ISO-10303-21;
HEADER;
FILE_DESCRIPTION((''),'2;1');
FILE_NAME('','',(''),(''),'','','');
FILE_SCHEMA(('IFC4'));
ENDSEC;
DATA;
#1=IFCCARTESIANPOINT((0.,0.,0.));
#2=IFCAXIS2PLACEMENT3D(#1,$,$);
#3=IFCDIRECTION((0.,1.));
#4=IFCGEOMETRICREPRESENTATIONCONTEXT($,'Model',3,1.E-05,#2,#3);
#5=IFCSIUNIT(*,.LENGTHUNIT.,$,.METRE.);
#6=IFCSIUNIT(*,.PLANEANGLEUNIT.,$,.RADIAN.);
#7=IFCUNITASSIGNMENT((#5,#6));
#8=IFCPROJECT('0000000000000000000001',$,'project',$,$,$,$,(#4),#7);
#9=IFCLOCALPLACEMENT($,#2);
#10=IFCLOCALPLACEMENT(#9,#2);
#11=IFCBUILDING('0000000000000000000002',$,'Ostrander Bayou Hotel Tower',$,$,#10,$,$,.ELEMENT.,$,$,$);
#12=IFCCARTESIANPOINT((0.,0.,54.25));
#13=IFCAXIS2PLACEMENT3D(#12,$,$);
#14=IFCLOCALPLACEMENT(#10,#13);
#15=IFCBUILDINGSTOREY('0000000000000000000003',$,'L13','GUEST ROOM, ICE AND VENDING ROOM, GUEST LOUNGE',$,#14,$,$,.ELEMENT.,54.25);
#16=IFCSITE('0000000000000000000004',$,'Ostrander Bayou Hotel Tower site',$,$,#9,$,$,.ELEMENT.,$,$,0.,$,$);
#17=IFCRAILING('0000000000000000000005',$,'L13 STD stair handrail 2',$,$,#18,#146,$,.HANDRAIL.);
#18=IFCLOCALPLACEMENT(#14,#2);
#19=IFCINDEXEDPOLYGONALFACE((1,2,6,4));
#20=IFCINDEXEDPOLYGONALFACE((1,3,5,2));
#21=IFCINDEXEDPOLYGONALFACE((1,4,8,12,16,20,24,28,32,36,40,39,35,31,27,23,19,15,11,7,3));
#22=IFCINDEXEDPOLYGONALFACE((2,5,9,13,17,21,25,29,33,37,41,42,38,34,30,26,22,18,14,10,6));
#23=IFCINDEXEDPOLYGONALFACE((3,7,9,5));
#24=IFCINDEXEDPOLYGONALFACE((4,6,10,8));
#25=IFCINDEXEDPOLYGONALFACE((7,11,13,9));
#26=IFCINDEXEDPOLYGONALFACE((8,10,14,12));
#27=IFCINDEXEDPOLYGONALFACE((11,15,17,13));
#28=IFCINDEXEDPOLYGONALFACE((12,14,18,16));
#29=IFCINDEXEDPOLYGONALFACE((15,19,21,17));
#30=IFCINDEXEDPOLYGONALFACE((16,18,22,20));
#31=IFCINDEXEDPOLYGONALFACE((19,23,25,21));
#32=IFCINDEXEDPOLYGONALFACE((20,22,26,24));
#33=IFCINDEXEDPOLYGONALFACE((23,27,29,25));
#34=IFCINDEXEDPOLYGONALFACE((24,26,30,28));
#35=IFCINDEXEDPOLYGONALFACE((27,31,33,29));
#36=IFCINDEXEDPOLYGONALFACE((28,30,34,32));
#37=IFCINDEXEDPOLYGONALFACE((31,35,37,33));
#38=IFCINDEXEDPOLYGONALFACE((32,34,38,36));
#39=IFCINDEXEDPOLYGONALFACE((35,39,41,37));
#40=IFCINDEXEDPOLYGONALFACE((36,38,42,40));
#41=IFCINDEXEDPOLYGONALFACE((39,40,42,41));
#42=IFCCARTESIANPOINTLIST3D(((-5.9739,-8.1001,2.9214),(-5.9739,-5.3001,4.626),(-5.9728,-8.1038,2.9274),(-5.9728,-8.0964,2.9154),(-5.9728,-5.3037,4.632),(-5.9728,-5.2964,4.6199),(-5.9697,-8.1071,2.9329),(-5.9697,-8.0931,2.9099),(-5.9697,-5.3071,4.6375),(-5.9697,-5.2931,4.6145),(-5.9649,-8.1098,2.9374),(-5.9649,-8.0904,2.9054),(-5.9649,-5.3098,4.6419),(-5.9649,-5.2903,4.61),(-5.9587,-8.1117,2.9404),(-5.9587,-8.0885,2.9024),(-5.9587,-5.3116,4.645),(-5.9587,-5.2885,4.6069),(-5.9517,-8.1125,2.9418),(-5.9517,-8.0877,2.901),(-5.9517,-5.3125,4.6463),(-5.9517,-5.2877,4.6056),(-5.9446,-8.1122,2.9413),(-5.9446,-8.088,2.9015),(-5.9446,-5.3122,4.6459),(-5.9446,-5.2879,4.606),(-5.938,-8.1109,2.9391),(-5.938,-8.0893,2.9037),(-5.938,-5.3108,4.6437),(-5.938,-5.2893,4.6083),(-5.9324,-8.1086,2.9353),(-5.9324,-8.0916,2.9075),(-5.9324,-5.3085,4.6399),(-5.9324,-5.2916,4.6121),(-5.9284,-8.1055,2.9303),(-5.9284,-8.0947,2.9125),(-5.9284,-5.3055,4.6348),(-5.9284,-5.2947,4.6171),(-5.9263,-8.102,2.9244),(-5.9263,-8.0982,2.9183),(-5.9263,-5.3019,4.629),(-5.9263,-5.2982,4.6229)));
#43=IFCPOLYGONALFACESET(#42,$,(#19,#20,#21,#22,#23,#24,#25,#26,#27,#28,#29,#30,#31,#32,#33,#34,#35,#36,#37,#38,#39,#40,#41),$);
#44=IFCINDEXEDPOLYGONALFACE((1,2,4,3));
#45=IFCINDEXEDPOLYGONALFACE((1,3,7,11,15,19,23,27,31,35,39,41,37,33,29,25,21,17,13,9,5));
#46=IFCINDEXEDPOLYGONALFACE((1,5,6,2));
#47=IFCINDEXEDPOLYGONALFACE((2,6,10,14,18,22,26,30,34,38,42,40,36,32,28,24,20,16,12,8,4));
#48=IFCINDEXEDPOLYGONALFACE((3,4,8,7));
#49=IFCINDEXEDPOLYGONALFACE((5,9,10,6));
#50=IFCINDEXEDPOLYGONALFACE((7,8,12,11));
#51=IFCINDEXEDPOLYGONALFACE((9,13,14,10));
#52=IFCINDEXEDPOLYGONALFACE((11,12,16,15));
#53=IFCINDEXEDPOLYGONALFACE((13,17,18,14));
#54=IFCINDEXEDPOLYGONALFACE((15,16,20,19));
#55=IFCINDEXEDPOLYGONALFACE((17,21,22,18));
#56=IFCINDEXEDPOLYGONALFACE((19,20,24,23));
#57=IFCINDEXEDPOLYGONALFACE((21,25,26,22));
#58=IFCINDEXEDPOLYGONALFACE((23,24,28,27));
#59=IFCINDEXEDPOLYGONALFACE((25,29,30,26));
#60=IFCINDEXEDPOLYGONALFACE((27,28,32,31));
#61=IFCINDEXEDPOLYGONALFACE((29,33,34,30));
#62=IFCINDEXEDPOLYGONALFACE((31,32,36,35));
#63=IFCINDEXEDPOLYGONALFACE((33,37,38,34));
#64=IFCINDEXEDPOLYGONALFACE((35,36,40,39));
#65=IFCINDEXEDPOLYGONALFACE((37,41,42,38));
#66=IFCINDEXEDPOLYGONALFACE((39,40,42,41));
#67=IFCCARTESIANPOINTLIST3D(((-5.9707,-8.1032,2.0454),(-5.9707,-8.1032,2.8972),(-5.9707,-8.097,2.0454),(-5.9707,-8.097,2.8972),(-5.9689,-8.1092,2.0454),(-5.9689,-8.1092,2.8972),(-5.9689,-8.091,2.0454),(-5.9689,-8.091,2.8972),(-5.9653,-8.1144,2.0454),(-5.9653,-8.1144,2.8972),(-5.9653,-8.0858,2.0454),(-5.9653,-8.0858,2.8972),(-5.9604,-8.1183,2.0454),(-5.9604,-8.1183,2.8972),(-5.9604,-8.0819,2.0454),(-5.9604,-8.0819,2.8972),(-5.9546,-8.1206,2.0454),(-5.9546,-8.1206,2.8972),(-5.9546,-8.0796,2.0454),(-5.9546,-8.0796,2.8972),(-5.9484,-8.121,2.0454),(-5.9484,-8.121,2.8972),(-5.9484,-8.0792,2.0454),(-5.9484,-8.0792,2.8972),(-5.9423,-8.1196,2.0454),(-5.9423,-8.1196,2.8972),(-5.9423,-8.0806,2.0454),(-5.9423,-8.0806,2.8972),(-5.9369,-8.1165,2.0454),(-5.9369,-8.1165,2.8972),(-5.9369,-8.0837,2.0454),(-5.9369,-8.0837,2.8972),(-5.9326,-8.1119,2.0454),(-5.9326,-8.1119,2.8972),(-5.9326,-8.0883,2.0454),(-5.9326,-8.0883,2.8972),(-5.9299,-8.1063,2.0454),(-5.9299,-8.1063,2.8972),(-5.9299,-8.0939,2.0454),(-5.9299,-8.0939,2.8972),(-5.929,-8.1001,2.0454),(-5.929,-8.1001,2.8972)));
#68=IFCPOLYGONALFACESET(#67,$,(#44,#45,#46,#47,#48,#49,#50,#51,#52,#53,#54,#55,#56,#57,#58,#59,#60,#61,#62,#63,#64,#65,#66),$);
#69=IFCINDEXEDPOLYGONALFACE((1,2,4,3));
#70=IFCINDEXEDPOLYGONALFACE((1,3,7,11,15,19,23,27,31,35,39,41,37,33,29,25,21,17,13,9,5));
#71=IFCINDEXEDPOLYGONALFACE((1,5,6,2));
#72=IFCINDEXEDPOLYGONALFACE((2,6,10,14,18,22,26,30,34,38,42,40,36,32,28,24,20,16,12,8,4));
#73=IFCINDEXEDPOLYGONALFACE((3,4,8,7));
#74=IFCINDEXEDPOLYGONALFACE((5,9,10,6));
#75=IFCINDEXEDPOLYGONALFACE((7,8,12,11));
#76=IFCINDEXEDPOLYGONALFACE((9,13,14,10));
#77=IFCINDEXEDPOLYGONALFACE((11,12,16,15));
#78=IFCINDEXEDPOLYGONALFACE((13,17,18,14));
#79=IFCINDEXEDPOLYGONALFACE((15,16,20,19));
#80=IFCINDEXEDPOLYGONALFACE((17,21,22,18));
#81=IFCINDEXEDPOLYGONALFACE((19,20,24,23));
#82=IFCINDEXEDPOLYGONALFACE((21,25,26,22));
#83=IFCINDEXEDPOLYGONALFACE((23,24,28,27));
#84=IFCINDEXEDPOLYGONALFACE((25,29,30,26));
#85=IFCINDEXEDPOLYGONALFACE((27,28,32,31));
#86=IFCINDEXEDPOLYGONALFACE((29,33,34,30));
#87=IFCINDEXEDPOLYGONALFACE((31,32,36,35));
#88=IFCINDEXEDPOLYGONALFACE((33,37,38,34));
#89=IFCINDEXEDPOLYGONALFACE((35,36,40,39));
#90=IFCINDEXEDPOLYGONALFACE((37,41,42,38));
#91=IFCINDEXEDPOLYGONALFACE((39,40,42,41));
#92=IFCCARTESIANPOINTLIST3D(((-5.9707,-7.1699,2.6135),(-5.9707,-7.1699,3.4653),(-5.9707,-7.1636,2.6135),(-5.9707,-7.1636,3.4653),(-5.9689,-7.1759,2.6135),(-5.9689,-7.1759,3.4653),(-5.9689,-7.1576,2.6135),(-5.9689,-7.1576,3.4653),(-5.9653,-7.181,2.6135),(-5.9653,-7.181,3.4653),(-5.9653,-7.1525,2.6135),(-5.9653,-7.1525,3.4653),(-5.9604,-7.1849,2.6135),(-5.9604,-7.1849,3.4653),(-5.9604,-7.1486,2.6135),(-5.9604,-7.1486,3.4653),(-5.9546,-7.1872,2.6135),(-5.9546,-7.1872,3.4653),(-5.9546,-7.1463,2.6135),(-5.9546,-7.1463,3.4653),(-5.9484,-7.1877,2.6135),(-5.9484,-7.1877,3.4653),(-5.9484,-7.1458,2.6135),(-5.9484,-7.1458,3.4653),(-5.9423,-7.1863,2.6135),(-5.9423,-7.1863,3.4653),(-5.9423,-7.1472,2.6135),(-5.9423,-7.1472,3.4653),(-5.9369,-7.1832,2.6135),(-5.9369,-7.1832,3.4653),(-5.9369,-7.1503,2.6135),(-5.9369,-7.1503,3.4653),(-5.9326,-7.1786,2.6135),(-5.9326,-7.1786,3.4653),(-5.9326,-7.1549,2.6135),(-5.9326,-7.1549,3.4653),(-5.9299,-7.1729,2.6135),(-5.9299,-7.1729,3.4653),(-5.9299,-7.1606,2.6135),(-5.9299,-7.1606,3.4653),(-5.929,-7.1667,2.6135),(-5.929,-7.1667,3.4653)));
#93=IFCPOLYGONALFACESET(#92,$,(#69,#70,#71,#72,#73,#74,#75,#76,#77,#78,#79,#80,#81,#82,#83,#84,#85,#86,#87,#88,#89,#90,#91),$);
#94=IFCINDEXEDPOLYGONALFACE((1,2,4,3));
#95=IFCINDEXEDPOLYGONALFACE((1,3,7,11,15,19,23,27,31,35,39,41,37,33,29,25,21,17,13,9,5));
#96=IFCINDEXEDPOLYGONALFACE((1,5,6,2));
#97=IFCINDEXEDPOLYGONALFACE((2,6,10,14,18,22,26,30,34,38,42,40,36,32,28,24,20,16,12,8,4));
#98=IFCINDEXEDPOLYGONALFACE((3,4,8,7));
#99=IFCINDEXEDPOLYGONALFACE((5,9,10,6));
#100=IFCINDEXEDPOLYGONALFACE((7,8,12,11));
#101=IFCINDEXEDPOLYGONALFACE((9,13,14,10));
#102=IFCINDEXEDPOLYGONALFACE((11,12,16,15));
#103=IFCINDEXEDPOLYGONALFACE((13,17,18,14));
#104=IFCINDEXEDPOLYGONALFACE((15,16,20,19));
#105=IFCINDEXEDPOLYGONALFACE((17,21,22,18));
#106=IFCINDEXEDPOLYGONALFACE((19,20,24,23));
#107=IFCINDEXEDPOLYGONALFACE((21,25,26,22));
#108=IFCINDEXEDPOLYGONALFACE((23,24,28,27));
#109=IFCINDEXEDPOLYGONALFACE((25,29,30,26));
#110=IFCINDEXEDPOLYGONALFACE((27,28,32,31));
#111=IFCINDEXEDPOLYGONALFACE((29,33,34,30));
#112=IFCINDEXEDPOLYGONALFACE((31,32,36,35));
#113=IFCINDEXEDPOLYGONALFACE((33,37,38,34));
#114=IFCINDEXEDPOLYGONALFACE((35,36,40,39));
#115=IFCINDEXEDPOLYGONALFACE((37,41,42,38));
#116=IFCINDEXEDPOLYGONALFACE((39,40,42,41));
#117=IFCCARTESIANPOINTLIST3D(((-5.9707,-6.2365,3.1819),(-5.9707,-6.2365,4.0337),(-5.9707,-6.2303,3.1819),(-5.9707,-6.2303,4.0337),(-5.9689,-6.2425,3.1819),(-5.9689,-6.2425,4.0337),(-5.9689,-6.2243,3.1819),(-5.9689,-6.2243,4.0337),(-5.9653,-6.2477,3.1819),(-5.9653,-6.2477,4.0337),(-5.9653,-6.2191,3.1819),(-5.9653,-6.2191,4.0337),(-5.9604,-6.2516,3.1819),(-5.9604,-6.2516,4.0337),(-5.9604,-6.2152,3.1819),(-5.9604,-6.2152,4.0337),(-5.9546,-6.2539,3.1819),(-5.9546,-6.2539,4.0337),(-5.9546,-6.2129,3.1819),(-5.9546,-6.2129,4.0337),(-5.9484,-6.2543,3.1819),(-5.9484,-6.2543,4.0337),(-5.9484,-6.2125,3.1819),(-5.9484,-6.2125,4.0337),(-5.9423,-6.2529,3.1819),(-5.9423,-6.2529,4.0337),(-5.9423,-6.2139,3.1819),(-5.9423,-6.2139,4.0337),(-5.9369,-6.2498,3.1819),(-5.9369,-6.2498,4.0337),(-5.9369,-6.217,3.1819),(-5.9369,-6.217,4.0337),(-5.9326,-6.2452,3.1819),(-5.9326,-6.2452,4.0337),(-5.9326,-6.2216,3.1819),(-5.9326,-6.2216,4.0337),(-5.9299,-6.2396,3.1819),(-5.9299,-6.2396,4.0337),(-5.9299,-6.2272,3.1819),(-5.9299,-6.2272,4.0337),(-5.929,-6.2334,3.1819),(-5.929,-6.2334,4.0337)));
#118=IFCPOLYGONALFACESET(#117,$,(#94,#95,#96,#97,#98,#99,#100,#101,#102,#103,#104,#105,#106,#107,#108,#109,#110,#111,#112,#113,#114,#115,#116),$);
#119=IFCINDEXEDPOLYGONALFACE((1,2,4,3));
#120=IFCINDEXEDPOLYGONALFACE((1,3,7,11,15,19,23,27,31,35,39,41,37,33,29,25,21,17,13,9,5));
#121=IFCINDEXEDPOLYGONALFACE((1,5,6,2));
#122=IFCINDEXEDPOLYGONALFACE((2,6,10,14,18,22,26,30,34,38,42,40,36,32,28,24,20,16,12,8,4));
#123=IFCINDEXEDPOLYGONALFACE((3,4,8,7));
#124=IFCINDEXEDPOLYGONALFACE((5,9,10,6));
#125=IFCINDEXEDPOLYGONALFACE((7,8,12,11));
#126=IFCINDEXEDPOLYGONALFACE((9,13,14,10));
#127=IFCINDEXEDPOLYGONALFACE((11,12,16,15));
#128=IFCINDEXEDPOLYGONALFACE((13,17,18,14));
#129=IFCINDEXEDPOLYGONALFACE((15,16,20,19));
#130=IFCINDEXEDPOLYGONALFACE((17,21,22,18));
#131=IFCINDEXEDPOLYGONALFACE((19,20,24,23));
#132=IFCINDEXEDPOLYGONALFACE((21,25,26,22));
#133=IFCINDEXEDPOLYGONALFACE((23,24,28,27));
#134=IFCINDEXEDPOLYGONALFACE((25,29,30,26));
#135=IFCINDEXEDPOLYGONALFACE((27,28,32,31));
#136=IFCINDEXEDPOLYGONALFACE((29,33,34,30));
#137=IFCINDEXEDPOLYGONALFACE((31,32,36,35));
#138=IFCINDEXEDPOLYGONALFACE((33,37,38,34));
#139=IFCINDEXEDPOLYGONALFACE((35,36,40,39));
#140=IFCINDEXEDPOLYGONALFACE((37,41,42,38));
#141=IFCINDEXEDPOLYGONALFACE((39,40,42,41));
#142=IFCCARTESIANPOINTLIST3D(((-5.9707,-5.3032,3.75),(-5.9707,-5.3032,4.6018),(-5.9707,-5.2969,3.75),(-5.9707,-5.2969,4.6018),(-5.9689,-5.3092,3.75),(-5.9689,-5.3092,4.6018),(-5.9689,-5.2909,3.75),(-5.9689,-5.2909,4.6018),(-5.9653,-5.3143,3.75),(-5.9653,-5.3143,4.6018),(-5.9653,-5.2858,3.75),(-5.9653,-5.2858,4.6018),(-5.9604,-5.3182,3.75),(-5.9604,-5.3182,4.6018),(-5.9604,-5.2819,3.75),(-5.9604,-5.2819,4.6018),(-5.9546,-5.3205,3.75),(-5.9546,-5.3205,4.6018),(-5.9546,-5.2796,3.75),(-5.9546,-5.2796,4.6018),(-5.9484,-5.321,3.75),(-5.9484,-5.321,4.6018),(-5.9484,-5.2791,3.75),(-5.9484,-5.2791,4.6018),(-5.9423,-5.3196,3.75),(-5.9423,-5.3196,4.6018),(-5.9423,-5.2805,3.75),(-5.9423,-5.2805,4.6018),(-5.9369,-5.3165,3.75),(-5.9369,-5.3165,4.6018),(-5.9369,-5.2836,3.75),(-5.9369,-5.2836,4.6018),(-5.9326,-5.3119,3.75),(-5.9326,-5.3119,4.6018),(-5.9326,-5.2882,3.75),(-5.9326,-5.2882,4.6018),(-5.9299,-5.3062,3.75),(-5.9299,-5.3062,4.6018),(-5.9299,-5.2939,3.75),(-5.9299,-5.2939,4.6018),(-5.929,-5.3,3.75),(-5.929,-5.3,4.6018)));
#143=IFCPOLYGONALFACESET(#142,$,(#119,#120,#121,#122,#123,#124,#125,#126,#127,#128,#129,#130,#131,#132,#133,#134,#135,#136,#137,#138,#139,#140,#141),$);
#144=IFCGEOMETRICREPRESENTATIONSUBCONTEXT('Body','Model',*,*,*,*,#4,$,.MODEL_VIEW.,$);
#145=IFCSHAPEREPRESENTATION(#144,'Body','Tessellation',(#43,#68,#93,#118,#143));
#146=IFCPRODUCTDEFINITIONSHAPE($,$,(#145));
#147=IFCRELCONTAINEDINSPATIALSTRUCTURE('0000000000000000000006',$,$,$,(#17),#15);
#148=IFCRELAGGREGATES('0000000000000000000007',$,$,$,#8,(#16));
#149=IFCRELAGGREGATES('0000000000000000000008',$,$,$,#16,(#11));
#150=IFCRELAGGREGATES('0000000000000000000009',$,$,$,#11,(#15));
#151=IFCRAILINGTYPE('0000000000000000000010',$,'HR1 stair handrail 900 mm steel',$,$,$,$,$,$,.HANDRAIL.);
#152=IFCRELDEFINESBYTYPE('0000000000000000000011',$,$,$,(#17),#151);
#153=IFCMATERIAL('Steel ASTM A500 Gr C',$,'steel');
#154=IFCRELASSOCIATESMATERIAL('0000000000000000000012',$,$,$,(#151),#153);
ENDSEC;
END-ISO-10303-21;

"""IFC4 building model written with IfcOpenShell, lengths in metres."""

from ifc_helpers import new_model, si_unit, direction, frame, origin, origin_2d, place, context, subcontext, project, spatial, circle, extrude, material, type_object, element, save


model = new_model("IFC4")

# Units and contexts
model_context = context("Model", 3, precision=1e-05, world=origin(), true_north=direction((0.0, 1.0)))
body_context = subcontext(model_context, "Body", "Model", "MODEL_VIEW")
ifc_project = project(units=[si_unit("LENGTHUNIT", "METRE"), si_unit("PLANEANGLEUNIT", "RADIAN")], contexts=[model_context])

# Site, building, storey
site_placement = place(None, origin())
site = spatial("IfcSite", under=ifc_project, at=site_placement, Name="Ostrander Bayou Hotel Tower site", CompositionType="ELEMENT", RefElevation=0.0)
building_placement = place(site_placement, origin())
building = spatial("IfcBuilding", under=site, at=building_placement, Name="Ostrander Bayou Hotel Tower", CompositionType="ELEMENT")
storey_placement = place(building_placement, frame((0.0, 0.0, 54.25)))
storey = spatial("IfcBuildingStorey", under=building, at=storey_placement, Name="L13", Description="GUEST ROOM, ICE AND VENDING ROOM, GUEST LOUNGE", CompositionType="ELEMENT", Elevation=54.25)

# Railing
ifc_material_1 = material(Name="Steel ASTM A500 Gr C", Category="steel")
railing_type_1 = type_object("IfcRailingType", Name="HR1 stair handrail 900 mm steel", PredefinedType="HANDRAIL", material=ifc_material_1)
railing_1_placement = place(storey_placement, frame((-5.95, -8.1001, 2.0454)))
element("IfcRailing", 1, at=railing_1_placement, inside=storey, type_object=railing_type_1, Name="L13 STD stair handrail 2", PredefinedType="HANDRAIL", context=body_context, shape_type="SweptSolid", body=[
    extrude(circle(Radius=0.0239, at=origin_2d()), frame((0.0, 0.0, 0.876), z_axis=(0.0, 0.85417, 0.519994), x_axis=(-1.0, 0.0, 0.0)), (0.0, 0.0, 1.0), 3.2781),
    extrude(circle(Radius=0.021, at=origin_2d()), origin(), (0.0, 0.0, 1.0), 0.8518),
    extrude(circle(Radius=0.021, at=origin_2d()), frame((0.0, 0.9333, 0.5681)), (0.0, 0.0, 1.0), 0.8518),
    extrude(circle(Radius=0.021, at=origin_2d()), frame((0.0, 1.8667, 1.1365)), (0.0, 0.0, 1.0), 0.8518),
    extrude(circle(Radius=0.021, at=origin_2d()), frame((0.0, 2.8, 1.7046)), (0.0, 0.0, 1.0), 0.8518),
])

save(model, "model.ifc")
